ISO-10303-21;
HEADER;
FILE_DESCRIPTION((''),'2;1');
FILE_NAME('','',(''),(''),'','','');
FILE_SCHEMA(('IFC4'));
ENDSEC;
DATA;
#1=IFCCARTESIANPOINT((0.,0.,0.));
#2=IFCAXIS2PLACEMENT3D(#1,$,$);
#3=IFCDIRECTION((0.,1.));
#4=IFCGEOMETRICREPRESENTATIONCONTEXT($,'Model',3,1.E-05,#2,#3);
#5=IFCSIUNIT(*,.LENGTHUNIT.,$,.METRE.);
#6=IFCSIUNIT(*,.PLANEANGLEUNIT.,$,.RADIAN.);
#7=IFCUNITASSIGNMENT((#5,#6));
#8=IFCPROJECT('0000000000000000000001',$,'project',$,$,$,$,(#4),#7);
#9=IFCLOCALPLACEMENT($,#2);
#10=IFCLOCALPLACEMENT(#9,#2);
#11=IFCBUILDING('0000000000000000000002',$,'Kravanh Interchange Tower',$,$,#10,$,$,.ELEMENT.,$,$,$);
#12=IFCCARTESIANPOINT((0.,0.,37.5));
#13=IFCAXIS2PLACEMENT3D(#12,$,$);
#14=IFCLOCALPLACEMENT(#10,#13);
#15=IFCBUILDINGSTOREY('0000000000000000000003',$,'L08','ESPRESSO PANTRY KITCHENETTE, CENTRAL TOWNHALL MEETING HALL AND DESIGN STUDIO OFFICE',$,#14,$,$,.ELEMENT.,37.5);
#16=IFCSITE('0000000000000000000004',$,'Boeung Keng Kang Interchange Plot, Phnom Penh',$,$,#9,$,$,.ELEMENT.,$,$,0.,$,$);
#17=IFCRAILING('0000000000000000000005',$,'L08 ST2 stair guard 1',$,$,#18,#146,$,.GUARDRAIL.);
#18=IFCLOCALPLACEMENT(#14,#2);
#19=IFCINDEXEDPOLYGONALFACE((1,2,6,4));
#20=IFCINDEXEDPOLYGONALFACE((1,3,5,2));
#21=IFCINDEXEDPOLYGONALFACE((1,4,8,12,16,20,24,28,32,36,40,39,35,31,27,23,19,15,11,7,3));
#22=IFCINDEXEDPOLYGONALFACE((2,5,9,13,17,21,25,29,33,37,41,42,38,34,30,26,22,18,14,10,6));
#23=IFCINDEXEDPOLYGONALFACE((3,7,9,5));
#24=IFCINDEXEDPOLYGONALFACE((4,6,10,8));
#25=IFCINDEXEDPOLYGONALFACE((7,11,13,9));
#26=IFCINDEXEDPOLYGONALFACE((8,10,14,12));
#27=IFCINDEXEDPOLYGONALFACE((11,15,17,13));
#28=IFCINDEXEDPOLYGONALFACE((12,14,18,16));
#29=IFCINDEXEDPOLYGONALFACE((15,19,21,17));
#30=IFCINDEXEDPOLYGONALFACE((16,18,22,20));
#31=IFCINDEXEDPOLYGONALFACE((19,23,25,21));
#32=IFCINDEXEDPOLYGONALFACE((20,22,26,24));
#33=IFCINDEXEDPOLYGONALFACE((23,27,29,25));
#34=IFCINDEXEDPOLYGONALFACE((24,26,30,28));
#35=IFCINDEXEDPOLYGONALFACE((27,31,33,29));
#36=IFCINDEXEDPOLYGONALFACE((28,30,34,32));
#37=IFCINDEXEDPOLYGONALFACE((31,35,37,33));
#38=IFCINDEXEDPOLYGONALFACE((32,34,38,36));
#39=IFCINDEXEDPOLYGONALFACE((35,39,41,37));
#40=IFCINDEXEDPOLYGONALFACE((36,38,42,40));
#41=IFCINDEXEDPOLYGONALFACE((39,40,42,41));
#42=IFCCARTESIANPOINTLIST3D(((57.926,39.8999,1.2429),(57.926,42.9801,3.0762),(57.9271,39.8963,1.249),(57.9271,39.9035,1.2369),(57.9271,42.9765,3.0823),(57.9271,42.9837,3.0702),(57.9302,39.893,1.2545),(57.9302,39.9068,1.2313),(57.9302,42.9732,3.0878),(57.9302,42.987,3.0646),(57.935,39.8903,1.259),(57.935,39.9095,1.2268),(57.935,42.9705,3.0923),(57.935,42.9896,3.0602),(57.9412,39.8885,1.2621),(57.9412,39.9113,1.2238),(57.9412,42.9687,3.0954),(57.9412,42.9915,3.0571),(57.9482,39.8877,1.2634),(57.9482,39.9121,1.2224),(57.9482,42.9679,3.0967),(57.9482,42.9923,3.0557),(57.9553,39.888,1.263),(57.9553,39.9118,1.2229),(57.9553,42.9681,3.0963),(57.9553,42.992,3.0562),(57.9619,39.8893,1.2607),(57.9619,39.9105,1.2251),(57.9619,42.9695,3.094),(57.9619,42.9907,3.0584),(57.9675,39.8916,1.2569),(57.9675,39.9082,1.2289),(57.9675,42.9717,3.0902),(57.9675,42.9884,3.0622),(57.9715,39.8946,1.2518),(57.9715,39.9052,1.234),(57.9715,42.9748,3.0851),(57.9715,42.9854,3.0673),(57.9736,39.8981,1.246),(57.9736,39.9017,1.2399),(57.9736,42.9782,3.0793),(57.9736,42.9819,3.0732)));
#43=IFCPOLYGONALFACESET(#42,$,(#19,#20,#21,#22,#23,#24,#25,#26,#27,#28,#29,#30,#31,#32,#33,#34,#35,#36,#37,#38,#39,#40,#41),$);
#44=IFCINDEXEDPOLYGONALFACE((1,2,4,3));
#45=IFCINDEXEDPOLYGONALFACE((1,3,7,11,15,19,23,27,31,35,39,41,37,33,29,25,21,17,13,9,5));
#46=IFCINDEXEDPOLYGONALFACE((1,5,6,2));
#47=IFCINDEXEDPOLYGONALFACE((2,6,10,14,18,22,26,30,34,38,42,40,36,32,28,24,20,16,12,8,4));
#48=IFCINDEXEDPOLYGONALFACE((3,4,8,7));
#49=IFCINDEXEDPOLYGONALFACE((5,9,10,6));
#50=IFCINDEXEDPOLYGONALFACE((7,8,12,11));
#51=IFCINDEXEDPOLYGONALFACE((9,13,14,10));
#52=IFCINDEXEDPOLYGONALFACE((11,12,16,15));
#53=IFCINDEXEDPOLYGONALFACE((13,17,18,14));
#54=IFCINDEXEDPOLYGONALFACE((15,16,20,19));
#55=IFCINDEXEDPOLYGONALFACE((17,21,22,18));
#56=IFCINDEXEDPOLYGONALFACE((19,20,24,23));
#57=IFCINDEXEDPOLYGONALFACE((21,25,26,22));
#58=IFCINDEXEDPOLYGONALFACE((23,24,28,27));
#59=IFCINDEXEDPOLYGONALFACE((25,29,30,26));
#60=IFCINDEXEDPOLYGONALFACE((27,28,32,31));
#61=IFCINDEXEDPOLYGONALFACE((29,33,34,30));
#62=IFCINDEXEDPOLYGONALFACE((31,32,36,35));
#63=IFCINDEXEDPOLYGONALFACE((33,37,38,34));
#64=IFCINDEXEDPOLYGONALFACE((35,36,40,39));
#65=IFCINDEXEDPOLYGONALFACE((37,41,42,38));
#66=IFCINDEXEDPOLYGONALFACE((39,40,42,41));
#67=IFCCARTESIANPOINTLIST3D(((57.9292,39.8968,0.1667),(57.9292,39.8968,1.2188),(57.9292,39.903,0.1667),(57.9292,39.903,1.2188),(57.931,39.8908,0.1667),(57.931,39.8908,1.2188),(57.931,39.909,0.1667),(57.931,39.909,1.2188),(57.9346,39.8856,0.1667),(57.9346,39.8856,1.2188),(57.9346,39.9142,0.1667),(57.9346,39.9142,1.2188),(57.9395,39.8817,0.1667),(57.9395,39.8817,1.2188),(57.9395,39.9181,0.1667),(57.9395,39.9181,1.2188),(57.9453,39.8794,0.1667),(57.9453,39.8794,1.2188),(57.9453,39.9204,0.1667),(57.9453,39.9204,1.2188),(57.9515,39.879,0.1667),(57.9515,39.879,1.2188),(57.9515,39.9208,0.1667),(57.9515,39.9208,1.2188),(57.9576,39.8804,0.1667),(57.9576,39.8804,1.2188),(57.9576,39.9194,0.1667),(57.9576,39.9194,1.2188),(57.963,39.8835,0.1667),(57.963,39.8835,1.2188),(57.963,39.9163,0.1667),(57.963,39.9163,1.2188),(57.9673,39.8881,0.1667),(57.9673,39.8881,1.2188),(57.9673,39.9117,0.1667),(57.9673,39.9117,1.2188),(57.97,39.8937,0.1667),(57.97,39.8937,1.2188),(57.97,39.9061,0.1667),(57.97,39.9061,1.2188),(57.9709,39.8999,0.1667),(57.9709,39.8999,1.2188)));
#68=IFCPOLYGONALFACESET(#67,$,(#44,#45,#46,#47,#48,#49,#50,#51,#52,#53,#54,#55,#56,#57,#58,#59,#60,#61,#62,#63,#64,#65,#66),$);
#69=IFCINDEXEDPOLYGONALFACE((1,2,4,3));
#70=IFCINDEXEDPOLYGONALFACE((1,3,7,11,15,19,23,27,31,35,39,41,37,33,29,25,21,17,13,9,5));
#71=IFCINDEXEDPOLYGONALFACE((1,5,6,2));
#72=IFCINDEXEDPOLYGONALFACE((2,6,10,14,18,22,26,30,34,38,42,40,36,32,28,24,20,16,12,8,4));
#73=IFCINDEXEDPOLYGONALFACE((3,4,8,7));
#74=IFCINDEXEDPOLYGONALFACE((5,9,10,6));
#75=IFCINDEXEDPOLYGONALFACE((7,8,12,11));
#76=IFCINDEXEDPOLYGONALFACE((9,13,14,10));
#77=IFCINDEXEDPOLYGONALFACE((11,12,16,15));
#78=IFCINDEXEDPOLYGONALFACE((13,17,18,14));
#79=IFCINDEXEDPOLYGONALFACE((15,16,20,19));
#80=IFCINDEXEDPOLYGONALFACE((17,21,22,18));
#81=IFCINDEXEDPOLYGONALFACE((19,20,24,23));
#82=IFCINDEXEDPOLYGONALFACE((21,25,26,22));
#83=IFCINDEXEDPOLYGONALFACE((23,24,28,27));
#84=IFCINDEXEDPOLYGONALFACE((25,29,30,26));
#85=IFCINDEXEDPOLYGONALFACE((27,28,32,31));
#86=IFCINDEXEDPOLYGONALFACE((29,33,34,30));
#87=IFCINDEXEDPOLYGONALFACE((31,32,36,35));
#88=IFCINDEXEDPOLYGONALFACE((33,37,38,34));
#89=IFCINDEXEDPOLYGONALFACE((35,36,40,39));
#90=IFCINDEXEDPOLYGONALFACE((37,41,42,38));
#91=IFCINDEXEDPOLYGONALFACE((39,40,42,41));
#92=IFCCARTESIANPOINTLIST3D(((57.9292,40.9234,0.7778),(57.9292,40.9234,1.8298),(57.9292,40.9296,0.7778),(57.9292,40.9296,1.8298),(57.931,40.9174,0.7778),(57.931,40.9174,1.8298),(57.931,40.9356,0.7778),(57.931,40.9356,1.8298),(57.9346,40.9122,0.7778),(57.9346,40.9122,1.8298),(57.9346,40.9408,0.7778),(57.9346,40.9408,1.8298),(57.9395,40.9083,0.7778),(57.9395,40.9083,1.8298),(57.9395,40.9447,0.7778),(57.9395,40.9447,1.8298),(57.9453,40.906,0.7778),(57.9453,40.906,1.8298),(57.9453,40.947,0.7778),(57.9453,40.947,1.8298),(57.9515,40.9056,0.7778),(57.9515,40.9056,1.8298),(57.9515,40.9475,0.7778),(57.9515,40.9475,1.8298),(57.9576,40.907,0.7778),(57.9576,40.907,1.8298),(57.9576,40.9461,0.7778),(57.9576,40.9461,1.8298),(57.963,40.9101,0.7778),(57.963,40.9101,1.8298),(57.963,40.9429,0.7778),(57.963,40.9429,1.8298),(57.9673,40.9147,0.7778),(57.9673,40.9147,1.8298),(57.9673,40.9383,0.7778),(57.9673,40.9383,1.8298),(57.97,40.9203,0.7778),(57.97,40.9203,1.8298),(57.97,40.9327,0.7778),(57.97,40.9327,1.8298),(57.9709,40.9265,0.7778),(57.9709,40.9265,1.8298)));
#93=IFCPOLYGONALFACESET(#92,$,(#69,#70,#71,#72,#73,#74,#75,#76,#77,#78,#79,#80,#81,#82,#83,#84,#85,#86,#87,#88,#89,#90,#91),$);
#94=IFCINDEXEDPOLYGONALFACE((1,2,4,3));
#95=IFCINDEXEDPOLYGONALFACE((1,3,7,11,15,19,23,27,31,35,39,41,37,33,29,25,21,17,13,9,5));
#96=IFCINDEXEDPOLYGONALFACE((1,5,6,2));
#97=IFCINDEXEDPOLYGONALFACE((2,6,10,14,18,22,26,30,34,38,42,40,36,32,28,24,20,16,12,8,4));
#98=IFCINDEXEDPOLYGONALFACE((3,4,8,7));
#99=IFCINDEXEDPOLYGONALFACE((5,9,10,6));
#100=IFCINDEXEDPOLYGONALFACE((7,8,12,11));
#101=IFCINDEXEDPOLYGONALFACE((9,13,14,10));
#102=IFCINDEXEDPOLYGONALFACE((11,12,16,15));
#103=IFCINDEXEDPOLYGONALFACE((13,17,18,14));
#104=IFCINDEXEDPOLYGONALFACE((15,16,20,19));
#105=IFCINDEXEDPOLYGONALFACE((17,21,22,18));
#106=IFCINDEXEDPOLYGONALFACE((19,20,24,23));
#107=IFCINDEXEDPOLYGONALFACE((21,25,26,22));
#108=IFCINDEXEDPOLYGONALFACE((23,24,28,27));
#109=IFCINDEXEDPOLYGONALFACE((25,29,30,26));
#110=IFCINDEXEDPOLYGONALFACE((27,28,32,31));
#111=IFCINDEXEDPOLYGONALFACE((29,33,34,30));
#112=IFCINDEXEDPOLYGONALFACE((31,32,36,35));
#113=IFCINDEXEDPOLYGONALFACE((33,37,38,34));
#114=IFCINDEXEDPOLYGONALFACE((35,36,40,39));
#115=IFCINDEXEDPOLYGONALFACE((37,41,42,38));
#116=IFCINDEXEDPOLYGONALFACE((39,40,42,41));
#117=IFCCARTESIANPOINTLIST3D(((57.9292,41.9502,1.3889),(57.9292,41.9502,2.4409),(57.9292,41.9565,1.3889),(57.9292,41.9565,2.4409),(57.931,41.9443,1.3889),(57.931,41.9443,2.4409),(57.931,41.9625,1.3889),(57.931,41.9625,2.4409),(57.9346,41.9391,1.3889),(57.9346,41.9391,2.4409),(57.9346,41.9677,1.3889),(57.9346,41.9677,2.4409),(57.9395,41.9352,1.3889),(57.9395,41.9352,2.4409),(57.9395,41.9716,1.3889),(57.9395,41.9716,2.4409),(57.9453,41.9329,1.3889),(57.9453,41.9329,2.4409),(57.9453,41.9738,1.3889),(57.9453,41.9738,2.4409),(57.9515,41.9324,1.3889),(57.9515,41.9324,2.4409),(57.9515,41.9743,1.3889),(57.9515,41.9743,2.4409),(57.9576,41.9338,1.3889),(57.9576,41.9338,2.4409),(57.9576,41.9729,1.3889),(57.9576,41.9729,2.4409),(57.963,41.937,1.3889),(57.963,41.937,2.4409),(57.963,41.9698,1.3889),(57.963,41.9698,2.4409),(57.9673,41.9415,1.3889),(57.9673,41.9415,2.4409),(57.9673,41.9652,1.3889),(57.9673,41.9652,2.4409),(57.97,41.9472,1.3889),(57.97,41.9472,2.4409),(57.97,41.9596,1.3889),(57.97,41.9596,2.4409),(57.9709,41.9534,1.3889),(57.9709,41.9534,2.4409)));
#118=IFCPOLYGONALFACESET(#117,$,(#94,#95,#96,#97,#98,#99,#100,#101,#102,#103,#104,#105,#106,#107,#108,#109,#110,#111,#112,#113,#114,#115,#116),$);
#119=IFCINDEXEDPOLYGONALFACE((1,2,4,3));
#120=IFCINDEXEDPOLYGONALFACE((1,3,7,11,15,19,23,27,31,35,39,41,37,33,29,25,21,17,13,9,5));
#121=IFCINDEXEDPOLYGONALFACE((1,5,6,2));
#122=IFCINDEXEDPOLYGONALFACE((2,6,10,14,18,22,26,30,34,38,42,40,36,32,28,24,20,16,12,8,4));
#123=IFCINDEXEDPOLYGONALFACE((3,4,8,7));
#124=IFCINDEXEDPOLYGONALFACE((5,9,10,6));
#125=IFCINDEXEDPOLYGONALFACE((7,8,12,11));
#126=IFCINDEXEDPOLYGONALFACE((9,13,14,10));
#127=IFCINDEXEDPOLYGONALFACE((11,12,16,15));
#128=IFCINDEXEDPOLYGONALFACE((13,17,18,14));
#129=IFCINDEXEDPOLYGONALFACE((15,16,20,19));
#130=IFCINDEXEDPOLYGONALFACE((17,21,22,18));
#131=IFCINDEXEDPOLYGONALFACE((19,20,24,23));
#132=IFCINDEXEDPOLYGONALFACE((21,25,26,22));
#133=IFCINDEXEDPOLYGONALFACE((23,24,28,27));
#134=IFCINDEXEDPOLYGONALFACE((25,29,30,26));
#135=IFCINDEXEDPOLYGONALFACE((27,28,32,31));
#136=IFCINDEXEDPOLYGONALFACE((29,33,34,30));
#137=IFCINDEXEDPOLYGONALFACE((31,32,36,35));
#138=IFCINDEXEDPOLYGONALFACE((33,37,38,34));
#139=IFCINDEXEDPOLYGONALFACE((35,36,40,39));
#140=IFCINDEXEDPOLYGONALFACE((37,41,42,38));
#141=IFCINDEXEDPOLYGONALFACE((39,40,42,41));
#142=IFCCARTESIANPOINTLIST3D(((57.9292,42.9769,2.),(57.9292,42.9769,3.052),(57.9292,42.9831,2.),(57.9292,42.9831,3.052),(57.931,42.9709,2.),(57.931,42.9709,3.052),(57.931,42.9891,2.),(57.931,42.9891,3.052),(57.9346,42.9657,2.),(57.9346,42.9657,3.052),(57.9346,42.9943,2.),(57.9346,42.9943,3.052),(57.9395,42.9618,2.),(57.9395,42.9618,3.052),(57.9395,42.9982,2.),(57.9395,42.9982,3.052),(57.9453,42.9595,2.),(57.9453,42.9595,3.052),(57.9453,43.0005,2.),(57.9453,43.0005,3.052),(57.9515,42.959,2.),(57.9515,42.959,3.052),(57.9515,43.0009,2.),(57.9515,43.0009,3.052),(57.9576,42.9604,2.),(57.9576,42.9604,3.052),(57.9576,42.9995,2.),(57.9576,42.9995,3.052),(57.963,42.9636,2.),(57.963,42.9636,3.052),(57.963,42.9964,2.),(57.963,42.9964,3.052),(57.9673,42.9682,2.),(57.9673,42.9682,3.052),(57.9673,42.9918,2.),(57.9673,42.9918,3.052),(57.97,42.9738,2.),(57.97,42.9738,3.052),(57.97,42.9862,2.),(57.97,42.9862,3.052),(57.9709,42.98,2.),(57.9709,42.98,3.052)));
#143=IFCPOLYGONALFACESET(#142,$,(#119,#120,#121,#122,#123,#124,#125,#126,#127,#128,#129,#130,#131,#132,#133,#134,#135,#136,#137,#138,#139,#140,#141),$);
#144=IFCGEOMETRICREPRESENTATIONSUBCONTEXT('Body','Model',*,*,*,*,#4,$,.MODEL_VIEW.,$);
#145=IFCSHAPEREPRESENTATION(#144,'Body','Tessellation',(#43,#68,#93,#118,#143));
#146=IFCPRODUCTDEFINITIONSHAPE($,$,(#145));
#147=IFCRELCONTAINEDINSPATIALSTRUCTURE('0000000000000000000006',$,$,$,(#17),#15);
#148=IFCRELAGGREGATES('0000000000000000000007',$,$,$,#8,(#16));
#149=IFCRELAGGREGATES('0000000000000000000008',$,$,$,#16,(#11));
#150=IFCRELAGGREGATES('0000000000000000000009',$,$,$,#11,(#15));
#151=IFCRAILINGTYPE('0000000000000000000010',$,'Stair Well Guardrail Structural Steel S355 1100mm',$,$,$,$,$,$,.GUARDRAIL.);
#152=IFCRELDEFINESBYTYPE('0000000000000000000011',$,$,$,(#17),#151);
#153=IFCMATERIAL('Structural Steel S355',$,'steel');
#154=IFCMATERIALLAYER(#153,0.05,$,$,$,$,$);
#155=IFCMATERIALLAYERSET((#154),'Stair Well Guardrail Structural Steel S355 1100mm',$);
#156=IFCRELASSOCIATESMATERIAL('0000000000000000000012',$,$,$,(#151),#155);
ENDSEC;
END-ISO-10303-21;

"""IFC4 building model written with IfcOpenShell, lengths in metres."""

from ifc_helpers import new_model, si_unit, direction, frame, origin, origin_2d, place, context, subcontext, project, spatial, circle, extrude, material, layer, layer_set, type_object, element, save


model = new_model("IFC4")

# Units and contexts
model_context = context("Model", 3, precision=1e-05, world=origin(), true_north=direction((0.0, 1.0)))
body_context = subcontext(model_context, "Body", "Model", "MODEL_VIEW")
ifc_project = project(units=[si_unit("LENGTHUNIT", "METRE"), si_unit("PLANEANGLEUNIT", "RADIAN")], contexts=[model_context])

# Site, building, storey
site_placement = place(None, origin())
site = spatial("IfcSite", under=ifc_project, at=site_placement, Name="Boeung Keng Kang Interchange Plot, Phnom Penh", CompositionType="ELEMENT", RefElevation=0.0)
building_placement = place(site_placement, origin())
building = spatial("IfcBuilding", under=site, at=building_placement, Name="Kravanh Interchange Tower", CompositionType="ELEMENT")
storey_placement = place(building_placement, frame((0.0, 0.0, 37.5)))
storey = spatial("IfcBuildingStorey", under=building, at=storey_placement, Name="L08", Description="ESPRESSO PANTRY KITCHENETTE, CENTRAL TOWNHALL MEETING HALL AND DESIGN STUDIO OFFICE", CompositionType="ELEMENT", Elevation=37.5)

# Railing
ifc_material_1 = material(Name="Structural Steel S355", Category="steel")
ifc_layer_1 = layer(ifc_material_1, 0.05)
ifc_layer_set_1 = layer_set([ifc_layer_1], Name="Stair Well Guardrail Structural Steel S355 1100mm")
railing_type_1 = type_object("IfcRailingType", Name="Stair Well Guardrail Structural Steel S355 1100mm", PredefinedType="GUARDRAIL", material=ifc_layer_set_1)
railing_1_placement = place(storey_placement, frame((57.95, 39.8999, 0.1667)))
element("IfcRailing", 1, at=railing_1_placement, inside=storey, type_object=railing_type_1, Name="L08 ST2 stair guard 1", PredefinedType="GUARDRAIL", context=body_context, shape_type="SweptSolid", body=[
    extrude(circle(Radius=0.0239, at=origin_2d()), frame((0.0, 0.0, 1.0762), z_axis=(0.0, 0.859309, 0.511458), x_axis=(-1.0, 0.0, 0.0)), (0.0, 0.0, 1.0), 3.5845),
    extrude(circle(Radius=0.021, at=origin_2d()), origin(), (0.0, 0.0, 1.0), 1.052),
    extrude(circle(Radius=0.021, at=origin_2d()), frame((0.0, 1.0266, 0.6111)), (0.0, 0.0, 1.0), 1.052),
    extrude(circle(Radius=0.021, at=origin_2d()), frame((0.0, 2.0535, 1.2222)), (0.0, 0.0, 1.0), 1.052),
    extrude(circle(Radius=0.021, at=origin_2d()), frame((0.0, 3.0801, 1.8333)), (0.0, 0.0, 1.0), 1.052),
])

save(model, "model.ifc")
